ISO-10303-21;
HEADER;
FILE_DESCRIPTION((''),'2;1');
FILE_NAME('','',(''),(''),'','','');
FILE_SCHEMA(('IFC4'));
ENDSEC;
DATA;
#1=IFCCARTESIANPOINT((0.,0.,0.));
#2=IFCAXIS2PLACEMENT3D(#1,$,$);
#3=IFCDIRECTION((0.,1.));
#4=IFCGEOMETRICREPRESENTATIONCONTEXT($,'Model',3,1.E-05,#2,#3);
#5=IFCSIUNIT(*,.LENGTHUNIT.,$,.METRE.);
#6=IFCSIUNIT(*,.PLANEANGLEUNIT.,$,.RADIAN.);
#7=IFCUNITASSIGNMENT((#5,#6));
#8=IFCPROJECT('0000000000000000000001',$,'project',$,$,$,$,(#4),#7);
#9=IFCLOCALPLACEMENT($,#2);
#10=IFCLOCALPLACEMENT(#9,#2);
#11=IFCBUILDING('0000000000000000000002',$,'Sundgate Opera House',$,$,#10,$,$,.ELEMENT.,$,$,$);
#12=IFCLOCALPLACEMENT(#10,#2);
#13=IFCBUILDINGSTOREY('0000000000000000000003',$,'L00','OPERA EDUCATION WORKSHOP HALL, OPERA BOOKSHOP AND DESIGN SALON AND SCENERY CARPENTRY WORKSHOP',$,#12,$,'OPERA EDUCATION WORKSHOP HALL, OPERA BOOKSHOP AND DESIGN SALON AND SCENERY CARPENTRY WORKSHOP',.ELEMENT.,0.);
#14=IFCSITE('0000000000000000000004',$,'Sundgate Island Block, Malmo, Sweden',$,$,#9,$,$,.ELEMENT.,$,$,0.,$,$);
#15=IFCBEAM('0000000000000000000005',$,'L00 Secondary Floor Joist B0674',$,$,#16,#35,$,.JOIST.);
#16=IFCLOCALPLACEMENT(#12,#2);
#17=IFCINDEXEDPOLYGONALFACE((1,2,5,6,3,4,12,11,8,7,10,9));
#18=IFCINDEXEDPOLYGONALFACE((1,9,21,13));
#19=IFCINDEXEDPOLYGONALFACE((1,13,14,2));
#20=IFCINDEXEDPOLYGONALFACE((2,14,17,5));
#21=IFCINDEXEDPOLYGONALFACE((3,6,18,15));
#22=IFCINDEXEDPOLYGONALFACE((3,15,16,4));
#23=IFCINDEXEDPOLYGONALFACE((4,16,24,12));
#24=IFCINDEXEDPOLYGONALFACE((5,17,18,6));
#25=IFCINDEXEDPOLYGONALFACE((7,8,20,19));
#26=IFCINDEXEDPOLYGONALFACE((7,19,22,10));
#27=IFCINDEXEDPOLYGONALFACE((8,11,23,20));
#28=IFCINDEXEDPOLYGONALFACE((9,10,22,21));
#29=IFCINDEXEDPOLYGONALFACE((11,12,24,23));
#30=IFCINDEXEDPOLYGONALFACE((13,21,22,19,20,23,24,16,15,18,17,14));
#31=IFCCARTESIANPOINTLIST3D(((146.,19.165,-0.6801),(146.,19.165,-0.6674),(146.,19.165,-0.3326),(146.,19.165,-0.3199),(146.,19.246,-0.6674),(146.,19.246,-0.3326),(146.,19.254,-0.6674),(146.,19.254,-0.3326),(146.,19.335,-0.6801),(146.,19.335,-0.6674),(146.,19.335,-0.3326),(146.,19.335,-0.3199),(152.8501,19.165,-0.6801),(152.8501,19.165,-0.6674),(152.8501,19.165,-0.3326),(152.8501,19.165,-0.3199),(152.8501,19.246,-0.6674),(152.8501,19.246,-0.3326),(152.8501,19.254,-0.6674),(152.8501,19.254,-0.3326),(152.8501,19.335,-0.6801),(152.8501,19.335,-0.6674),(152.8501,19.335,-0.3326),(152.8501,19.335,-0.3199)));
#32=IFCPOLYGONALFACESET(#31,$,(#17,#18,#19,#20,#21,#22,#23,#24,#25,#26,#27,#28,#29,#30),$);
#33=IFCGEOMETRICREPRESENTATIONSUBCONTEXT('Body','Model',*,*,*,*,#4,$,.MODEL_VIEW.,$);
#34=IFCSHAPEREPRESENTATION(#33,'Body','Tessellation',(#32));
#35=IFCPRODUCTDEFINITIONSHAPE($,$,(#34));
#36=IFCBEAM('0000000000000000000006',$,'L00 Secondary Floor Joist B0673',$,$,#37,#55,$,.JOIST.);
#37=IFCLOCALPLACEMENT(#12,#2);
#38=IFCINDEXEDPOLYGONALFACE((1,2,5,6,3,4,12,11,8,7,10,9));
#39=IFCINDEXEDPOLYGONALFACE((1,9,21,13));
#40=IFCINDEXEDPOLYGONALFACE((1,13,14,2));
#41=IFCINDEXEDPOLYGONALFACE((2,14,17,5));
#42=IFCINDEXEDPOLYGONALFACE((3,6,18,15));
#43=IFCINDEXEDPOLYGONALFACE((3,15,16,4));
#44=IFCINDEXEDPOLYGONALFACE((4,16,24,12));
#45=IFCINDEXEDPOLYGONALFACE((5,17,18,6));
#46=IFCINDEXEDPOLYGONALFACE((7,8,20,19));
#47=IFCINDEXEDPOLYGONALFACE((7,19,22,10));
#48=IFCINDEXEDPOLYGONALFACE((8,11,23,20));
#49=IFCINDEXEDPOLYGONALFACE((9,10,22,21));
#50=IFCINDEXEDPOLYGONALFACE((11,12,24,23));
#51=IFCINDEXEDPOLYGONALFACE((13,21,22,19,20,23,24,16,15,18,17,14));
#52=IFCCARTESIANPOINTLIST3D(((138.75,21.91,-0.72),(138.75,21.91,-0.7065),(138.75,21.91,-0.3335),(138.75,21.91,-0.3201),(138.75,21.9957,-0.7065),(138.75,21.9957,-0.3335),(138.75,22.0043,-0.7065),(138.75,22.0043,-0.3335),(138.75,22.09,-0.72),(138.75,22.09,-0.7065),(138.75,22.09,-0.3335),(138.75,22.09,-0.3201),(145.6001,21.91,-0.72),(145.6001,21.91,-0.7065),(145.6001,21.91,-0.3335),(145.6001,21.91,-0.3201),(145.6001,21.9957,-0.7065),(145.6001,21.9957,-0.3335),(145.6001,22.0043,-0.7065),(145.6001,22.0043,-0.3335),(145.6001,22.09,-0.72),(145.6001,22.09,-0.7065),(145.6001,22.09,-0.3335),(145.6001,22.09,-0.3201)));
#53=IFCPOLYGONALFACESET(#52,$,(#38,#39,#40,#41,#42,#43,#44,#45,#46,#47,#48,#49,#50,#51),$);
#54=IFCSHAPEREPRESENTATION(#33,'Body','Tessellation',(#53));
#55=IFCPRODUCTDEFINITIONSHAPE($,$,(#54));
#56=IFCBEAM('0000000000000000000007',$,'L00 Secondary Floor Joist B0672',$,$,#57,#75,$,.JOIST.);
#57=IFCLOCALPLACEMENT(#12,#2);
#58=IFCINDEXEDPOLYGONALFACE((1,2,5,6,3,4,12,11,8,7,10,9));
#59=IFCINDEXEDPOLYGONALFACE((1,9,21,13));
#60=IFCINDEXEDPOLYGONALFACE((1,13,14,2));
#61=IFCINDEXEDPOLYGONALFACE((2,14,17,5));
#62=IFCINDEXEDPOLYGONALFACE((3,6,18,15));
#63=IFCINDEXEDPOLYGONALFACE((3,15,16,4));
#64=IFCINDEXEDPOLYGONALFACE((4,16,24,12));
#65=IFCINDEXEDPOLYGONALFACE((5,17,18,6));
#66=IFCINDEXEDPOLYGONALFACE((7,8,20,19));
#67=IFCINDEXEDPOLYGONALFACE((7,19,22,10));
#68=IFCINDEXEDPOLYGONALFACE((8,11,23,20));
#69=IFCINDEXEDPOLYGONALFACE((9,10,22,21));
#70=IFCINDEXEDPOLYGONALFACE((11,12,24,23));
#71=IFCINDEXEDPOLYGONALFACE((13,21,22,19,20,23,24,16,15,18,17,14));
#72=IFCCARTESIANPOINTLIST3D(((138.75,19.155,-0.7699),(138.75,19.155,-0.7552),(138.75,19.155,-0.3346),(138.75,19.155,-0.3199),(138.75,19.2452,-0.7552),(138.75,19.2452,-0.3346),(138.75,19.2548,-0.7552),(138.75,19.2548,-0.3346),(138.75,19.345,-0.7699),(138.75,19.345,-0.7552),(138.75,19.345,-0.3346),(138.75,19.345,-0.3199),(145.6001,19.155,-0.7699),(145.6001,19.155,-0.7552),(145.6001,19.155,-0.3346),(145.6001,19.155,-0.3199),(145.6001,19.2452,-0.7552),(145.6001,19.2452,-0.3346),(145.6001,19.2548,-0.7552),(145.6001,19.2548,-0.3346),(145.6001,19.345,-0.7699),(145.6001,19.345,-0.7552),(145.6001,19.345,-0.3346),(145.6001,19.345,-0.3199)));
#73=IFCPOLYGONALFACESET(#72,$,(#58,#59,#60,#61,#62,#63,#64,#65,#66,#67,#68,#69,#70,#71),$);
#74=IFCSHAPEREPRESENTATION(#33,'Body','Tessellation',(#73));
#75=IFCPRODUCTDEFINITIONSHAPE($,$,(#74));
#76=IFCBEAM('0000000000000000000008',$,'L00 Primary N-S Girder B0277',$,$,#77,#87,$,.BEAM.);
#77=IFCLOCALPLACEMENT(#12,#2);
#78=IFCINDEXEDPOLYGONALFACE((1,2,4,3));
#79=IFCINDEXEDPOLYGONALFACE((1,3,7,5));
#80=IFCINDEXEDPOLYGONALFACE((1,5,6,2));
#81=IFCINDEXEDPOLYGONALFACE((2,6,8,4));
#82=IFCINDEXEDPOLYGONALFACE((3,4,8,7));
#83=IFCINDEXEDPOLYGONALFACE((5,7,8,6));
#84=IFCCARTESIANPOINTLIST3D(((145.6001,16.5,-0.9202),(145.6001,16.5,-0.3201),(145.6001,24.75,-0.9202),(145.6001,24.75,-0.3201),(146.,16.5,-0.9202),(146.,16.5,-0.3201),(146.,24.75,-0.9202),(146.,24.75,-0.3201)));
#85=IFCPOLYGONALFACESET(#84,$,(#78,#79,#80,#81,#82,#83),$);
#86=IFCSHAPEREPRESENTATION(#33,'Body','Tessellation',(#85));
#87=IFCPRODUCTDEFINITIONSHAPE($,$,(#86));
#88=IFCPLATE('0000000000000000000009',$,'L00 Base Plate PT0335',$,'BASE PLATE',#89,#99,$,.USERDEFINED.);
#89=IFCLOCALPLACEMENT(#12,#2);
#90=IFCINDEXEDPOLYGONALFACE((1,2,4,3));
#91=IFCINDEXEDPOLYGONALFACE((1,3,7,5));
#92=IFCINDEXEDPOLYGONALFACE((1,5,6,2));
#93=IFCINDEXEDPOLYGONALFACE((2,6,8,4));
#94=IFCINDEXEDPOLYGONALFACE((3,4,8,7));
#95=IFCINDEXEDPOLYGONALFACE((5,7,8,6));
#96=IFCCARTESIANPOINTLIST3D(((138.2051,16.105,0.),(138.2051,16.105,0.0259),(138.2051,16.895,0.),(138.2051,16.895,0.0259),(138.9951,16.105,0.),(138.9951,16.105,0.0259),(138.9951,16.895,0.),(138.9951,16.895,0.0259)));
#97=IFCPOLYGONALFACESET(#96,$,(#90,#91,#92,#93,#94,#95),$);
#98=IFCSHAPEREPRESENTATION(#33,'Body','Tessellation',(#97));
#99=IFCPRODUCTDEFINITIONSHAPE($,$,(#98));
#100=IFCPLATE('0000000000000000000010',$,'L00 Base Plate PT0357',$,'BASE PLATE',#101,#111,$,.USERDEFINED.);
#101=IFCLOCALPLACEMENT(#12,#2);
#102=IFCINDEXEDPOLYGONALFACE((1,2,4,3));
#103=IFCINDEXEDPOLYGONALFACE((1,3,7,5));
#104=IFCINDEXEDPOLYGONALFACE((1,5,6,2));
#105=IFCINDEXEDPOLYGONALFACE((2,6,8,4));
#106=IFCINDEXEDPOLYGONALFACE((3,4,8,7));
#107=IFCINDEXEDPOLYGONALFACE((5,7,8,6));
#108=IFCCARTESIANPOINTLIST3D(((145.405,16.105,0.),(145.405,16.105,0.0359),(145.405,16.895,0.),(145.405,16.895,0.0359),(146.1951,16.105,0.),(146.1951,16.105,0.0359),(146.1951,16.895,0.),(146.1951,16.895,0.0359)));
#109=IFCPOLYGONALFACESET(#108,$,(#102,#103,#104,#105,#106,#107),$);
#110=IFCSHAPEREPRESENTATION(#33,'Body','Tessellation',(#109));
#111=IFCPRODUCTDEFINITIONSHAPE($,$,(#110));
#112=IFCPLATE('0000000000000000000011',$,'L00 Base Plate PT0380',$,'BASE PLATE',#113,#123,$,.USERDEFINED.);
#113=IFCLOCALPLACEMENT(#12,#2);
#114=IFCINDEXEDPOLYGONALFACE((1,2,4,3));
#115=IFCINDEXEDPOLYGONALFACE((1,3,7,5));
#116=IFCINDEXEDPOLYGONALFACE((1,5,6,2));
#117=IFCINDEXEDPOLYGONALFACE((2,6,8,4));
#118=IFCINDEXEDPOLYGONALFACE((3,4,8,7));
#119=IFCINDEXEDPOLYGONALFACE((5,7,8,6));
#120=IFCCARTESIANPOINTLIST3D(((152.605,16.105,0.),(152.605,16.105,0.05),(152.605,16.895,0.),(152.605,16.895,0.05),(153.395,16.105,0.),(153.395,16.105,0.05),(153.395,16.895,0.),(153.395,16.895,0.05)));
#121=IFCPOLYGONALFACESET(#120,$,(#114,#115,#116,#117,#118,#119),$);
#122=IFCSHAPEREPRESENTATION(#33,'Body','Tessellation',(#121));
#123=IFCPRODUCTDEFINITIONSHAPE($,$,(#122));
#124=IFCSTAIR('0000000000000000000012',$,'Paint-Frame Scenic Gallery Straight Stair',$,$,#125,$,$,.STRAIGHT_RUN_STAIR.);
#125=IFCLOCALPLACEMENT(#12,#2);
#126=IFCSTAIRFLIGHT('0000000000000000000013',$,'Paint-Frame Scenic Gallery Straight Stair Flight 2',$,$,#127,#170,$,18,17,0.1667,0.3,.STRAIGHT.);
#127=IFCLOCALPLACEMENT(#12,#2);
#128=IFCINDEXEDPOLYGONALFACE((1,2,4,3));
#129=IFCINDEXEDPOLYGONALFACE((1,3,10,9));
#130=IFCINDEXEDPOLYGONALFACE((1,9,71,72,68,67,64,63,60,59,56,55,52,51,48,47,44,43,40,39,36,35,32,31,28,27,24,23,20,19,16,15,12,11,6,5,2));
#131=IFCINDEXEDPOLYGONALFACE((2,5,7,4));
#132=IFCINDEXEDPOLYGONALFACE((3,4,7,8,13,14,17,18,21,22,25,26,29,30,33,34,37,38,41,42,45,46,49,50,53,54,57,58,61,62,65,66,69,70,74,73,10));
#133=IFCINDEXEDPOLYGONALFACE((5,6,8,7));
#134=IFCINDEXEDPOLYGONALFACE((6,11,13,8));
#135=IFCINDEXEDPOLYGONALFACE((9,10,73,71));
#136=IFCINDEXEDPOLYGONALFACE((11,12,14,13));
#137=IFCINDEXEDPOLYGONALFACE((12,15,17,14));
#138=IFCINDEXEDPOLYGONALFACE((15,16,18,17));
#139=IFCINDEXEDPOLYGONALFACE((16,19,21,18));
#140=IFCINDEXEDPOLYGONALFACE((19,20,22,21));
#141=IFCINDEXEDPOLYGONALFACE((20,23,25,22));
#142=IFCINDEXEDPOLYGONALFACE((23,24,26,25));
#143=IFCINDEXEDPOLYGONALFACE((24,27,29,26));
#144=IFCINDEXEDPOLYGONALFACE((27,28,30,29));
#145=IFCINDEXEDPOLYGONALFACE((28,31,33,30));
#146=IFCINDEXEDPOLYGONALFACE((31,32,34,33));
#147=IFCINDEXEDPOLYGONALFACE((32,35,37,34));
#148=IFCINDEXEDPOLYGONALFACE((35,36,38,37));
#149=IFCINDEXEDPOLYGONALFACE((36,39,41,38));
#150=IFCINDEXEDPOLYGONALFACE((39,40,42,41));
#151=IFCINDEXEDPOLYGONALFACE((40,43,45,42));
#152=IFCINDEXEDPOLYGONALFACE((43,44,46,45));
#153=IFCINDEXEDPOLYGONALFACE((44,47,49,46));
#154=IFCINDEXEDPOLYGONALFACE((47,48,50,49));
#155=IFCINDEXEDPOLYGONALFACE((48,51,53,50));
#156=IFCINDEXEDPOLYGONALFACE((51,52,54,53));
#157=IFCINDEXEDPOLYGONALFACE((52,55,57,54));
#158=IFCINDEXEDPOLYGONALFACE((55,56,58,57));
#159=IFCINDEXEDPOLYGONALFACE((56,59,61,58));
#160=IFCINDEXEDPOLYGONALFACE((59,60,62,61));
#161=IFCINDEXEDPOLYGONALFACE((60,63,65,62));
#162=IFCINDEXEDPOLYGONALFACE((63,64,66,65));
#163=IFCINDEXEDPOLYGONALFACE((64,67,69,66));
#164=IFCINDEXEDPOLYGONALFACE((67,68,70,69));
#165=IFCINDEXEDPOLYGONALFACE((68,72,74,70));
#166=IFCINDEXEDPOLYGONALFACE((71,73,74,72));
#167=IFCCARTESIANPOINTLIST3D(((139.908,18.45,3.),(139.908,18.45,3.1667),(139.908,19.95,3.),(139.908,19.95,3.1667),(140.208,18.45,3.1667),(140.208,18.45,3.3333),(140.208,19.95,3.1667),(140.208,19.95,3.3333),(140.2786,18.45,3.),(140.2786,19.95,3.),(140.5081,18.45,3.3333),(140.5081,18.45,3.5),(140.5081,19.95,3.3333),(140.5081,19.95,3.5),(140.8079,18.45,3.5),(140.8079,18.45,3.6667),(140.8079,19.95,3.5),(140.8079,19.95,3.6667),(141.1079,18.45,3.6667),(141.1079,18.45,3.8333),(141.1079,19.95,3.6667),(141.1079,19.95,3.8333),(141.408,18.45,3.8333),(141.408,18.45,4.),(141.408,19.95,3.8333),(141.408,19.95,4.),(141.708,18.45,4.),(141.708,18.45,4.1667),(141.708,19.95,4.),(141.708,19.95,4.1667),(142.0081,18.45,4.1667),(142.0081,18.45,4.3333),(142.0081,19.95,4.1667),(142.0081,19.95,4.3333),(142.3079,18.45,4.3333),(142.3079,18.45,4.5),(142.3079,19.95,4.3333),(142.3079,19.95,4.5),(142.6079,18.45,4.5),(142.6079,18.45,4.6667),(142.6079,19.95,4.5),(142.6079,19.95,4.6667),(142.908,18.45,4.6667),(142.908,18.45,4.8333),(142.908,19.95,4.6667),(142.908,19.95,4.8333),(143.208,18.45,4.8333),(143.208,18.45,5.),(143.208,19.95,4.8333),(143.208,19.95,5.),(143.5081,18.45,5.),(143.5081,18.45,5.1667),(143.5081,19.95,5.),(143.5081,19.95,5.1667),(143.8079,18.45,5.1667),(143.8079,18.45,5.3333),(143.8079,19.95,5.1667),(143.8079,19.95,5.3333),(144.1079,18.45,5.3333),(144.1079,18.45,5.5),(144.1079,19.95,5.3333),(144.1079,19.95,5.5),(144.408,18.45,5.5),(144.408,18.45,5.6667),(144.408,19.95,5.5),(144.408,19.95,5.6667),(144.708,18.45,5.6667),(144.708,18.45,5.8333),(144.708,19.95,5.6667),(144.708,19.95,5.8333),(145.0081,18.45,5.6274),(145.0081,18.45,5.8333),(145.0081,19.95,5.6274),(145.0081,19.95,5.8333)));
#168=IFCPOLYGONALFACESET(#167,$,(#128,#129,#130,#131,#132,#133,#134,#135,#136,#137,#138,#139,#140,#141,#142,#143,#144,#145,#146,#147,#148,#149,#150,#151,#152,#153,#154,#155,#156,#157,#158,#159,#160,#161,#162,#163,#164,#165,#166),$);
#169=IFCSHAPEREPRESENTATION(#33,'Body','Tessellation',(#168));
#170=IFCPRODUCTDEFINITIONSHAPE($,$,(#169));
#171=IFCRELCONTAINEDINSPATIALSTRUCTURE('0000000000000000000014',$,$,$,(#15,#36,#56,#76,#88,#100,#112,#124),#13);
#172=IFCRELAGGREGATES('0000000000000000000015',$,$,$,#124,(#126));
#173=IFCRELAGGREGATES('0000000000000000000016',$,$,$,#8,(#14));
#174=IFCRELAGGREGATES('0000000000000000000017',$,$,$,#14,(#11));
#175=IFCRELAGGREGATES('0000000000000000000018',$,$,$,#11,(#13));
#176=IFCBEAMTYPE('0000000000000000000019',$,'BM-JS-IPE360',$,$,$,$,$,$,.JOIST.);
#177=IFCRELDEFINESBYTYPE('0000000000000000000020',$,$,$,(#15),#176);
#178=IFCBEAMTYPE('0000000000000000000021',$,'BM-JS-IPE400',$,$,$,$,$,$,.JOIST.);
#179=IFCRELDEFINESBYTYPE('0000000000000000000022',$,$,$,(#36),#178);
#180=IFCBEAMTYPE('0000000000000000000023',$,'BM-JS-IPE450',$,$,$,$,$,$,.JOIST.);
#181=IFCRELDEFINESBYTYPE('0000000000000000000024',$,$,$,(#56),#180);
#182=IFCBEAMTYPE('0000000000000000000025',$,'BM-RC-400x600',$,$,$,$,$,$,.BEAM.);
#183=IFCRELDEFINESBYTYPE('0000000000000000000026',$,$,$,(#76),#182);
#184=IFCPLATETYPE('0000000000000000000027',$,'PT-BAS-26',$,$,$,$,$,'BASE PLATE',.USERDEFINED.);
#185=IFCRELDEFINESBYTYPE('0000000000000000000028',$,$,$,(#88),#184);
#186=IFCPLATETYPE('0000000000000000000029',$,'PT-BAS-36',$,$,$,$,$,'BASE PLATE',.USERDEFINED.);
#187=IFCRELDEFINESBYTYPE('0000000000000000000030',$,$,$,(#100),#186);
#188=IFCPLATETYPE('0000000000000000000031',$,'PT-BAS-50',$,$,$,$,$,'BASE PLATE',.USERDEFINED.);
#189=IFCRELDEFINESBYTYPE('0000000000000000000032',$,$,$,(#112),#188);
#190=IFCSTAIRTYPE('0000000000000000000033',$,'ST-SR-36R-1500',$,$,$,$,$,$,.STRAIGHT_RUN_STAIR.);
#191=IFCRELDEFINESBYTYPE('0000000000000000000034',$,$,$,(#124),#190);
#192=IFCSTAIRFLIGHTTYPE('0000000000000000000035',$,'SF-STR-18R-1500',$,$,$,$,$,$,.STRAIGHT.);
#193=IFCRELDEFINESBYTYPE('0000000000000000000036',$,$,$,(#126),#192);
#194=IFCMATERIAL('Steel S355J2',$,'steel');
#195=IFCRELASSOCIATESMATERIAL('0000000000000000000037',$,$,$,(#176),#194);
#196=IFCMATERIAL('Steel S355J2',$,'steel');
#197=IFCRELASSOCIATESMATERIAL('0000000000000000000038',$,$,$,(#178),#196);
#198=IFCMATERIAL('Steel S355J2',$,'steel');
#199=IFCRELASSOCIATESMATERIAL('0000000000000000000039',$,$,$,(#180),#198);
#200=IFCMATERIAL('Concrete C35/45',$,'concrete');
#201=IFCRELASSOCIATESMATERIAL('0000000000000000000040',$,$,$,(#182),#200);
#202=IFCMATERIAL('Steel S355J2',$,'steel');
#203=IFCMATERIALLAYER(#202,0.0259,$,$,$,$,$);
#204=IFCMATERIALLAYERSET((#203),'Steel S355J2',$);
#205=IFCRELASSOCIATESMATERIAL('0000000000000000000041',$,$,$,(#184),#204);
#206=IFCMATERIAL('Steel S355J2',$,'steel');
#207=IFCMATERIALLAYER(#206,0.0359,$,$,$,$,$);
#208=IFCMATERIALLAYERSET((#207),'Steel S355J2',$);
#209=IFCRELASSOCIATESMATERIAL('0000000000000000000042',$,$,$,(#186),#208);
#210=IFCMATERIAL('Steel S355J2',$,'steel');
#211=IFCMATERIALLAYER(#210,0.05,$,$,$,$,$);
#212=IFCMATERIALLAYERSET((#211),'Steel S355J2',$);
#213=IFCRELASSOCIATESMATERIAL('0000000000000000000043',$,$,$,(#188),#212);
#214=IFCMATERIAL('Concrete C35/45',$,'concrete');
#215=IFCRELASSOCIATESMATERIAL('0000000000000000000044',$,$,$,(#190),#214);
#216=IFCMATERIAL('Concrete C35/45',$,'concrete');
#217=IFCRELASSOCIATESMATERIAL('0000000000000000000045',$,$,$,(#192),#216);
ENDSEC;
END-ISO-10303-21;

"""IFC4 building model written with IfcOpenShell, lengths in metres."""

from ifc_helpers import new_model, si_unit, direction, frame, origin, origin_2d, place, context, subcontext, project, spatial, polyline, rectangle, i_section, outline, extrude, material, layer, layer_set, material_profile, profile_set, type_object, element, aggregate, save


model = new_model("IFC4")

# Units and contexts
model_context = context("Model", 3, precision=1e-05, world=origin(), true_north=direction((0.0, 1.0)))
body_context = subcontext(model_context, "Body", "Model", "MODEL_VIEW")
ifc_project = project(units=[si_unit("LENGTHUNIT", "METRE"), si_unit("PLANEANGLEUNIT", "RADIAN")], contexts=[model_context])

# Site, building, storey
site_placement = place(None, origin())
site = spatial("IfcSite", under=ifc_project, at=site_placement, Name="Sundgate Island Block, Malmo, Sweden", CompositionType="ELEMENT", RefElevation=0.0)
building_placement = place(site_placement, origin())
building = spatial("IfcBuilding", under=site, at=building_placement, Name="Sundgate Opera House", CompositionType="ELEMENT")
storey_placement = place(building_placement, origin())
storey = spatial("IfcBuildingStorey", under=building, at=storey_placement, Name="L00", Description="OPERA EDUCATION WORKSHOP HALL, OPERA BOOKSHOP AND DESIGN SALON AND SCENERY CARPENTRY WORKSHOP", LongName="OPERA EDUCATION WORKSHOP HALL, OPERA BOOKSHOP AND DESIGN SALON AND SCENERY CARPENTRY WORKSHOP", CompositionType="ELEMENT", Elevation=0.0)

# Beams
ifc_material_1 = material(Name="Steel S355J2", Category="steel")
ifc_material_profile_1 = material_profile(ifc_material_1, i_section(OverallWidth=0.1699, OverallDepth=0.3601, WebThickness=0.0081, FlangeThickness=0.0127, at=origin_2d()), Name="IPE 360")
ifc_profile_set_1 = profile_set([ifc_material_profile_1], Name="Steel S355J2")
beam_type_1 = type_object("IfcBeamType", Name="BM-JS-IPE360", PredefinedType="JOIST", material=ifc_profile_set_1)
beam_1_placement = place(storey_placement, frame((146.0, 19.25, -0.5), z_axis=(1.0, 0.0, 0.0), x_axis=(0.0, 1.0, 0.0)))
element("IfcBeam", 1, at=beam_1_placement, inside=storey, type_object=beam_type_1, Name="L00 Secondary Floor Joist B0674", PredefinedType="JOIST", context=body_context, shape_type="SweptSolid", body=[
    extrude(i_section(OverallWidth=0.1699, OverallDepth=0.3601, WebThickness=0.0081, FlangeThickness=0.0127, at=origin_2d()), origin(), (0.0, 0.0, 1.0), 6.8501),
])
ifc_material_2 = material(Name="Steel S355J2", Category="steel")
ifc_material_profile_2 = material_profile(ifc_material_2, i_section(OverallWidth=0.1799, OverallDepth=0.3999, WebThickness=0.0085, FlangeThickness=0.0134, at=origin_2d()), Name="IPE 400")
ifc_profile_set_2 = profile_set([ifc_material_profile_2], Name="Steel S355J2")
beam_type_2 = type_object("IfcBeamType", Name="BM-JS-IPE400", PredefinedType="JOIST", material=ifc_profile_set_2)
beam_2_placement = place(storey_placement, frame((138.75, 22.0, -0.52), z_axis=(1.0, 0.0, 0.0), x_axis=(0.0, 1.0, 0.0)))
element("IfcBeam", 2, at=beam_2_placement, inside=storey, type_object=beam_type_2, Name="L00 Secondary Floor Joist B0673", PredefinedType="JOIST", context=body_context, shape_type="SweptSolid", body=[
    extrude(i_section(OverallWidth=0.1799, OverallDepth=0.3999, WebThickness=0.0085, FlangeThickness=0.0134, at=origin_2d()), origin(), (0.0, 0.0, 1.0), 6.8501),
])
ifc_material_3 = material(Name="Steel S355J2", Category="steel")
ifc_material_profile_3 = material_profile(ifc_material_3, i_section(OverallWidth=0.1899, OverallDepth=0.45, WebThickness=0.0095, FlangeThickness=0.0146, at=origin_2d()), Name="IPE 450")
ifc_profile_set_3 = profile_set([ifc_material_profile_3], Name="Steel S355J2")
beam_type_3 = type_object("IfcBeamType", Name="BM-JS-IPE450", PredefinedType="JOIST", material=ifc_profile_set_3)
beam_3_placement = place(storey_placement, frame((138.75, 19.25, -0.5449), z_axis=(1.0, 0.0, 0.0), x_axis=(0.0, 1.0, 0.0)))
element("IfcBeam", 3, at=beam_3_placement, inside=storey, type_object=beam_type_3, Name="L00 Secondary Floor Joist B0672", PredefinedType="JOIST", context=body_context, shape_type="SweptSolid", body=[
    extrude(i_section(OverallWidth=0.1899, OverallDepth=0.45, WebThickness=0.0095, FlangeThickness=0.0146, at=origin_2d()), origin(), (0.0, 0.0, 1.0), 6.8501),
])
ifc_material_4 = material(Name="Concrete C35/45", Category="concrete")
ifc_material_profile_4 = material_profile(ifc_material_4, rectangle(XDim=0.3999, YDim=0.6001, at=origin_2d()), Name="RC 400x600")
ifc_profile_set_4 = profile_set([ifc_material_profile_4], Name="Concrete C35/45")
beam_type_4 = type_object("IfcBeamType", Name="BM-RC-400x600", PredefinedType="BEAM", material=ifc_profile_set_4)
beam_4_placement = place(storey_placement, frame((145.8, 16.5, -0.6201), z_axis=(0.0, 1.0, 0.0), x_axis=(-1.0, 0.0, 0.0)))
element("IfcBeam", 4, at=beam_4_placement, inside=storey, type_object=beam_type_4, Name="L00 Primary N-S Girder B0277", PredefinedType="BEAM", context=body_context, shape_type="SweptSolid", body=[
    extrude(rectangle(XDim=0.3999, YDim=0.6001, at=origin_2d()), origin(), (0.0, 0.0, 1.0), 8.25),
])

# Plates
ifc_material_5 = material(Name="Steel S355J2", Category="steel")
ifc_layer_1 = layer(ifc_material_5, 0.0259)
ifc_layer_set_1 = layer_set([ifc_layer_1], Name="Steel S355J2")
plate_type_1 = type_object("IfcPlateType", Name="PT-BAS-26", ElementType="BASE PLATE", PredefinedType="USERDEFINED", material=ifc_layer_set_1)
plate_1_placement = place(storey_placement, frame((138.6001, 16.5, 0.0), z_axis=(0.0, 0.0, 1.0), x_axis=(1.0, 0.0, 0.0)))
element("IfcPlate", 5, at=plate_1_placement, inside=storey, type_object=plate_type_1, Name="L00 Base Plate PT0335", ObjectType="BASE PLATE", PredefinedType="USERDEFINED", context=body_context, shape_type="SweptSolid", body=[
    extrude(rectangle(XDim=0.79, YDim=0.79, at=origin_2d()), origin(), (0.0, 0.0, 1.0), 0.0259),
])
ifc_material_6 = material(Name="Steel S355J2", Category="steel")
ifc_layer_2 = layer(ifc_material_6, 0.0359)
ifc_layer_set_2 = layer_set([ifc_layer_2], Name="Steel S355J2")
plate_type_2 = type_object("IfcPlateType", Name="PT-BAS-36", ElementType="BASE PLATE", PredefinedType="USERDEFINED", material=ifc_layer_set_2)
plate_2_placement = place(storey_placement, frame((145.8, 16.5, 0.0), z_axis=(0.0, 0.0, 1.0), x_axis=(1.0, 0.0, 0.0)))
element("IfcPlate", 6, at=plate_2_placement, inside=storey, type_object=plate_type_2, Name="L00 Base Plate PT0357", ObjectType="BASE PLATE", PredefinedType="USERDEFINED", context=body_context, shape_type="SweptSolid", body=[
    extrude(rectangle(XDim=0.79, YDim=0.79, at=origin_2d()), origin(), (0.0, 0.0, 1.0), 0.0359),
])
ifc_material_7 = material(Name="Steel S355J2", Category="steel")
ifc_layer_3 = layer(ifc_material_7, 0.05)
ifc_layer_set_3 = layer_set([ifc_layer_3], Name="Steel S355J2")
plate_type_3 = type_object("IfcPlateType", Name="PT-BAS-50", ElementType="BASE PLATE", PredefinedType="USERDEFINED", material=ifc_layer_set_3)
plate_3_placement = place(storey_placement, frame((153.0, 16.5, 0.0), z_axis=(0.0, 0.0, 1.0), x_axis=(1.0, 0.0, 0.0)))
element("IfcPlate", 7, at=plate_3_placement, inside=storey, type_object=plate_type_3, Name="L00 Base Plate PT0380", ObjectType="BASE PLATE", PredefinedType="USERDEFINED", context=body_context, shape_type="SweptSolid", body=[
    extrude(rectangle(XDim=0.79, YDim=0.79, at=origin_2d()), origin(), (0.0, 0.0, 1.0), 0.05),
])

# Stair, stair flight
ifc_material_8 = material(Name="Concrete C35/45", Category="concrete")
stair_type = type_object("IfcStairType", Name="ST-SR-36R-1500", PredefinedType="STRAIGHT_RUN_STAIR", material=ifc_material_8)
stair_placement = place(storey_placement, origin())
stair = element("IfcStair", 8, at=stair_placement, inside=storey, type_object=stair_type, Name="Paint-Frame Scenic Gallery Straight Stair", PredefinedType="STRAIGHT_RUN_STAIR")
ifc_material_9 = material(Name="Concrete C35/45", Category="concrete")
stair_flight_type = type_object("IfcStairFlightType", Name="SF-STR-18R-1500", PredefinedType="STRAIGHT", material=ifc_material_9)
stair_flight_placement = place(storey_placement, frame((139.908, 19.2, 3.0), z_axis=(0.0, 0.0, 1.0), x_axis=(1.0, 0.0, 0.0)))
stair_flight = element("IfcStairFlight", 9, at=stair_flight_placement, type_object=stair_flight_type, Name="Paint-Frame Scenic Gallery Straight Stair Flight 2", NumberOfRisers=18, NumberOfTreads=17, PredefinedType="STRAIGHT", RiserHeight=0.1667, TreadLength=0.3, context=body_context, shape_type="SweptSolid", body=[
    extrude(outline(polyline([(0.0, 0.0), (0.0, 0.1667), (0.3, 0.1667), (0.3, 0.3333), (0.6001, 0.3333), (0.6001, 0.5), (0.8999, 0.5), (0.8999, 0.6667), (1.2, 0.6667), (1.2, 0.8333), (1.5, 0.8333), (1.5, 1.0), (1.8, 1.0), (1.8, 1.1667), (2.1001, 1.1667), (2.1001, 1.3333), (2.3999, 1.3333), (2.3999, 1.5), (2.7, 1.5), (2.7, 1.6667), (3.0, 1.6667), (3.0, 1.8333), (3.3, 1.8333), (3.3, 2.0), (3.6001, 2.0), (3.6001, 2.1667), (3.8999, 2.1667), (3.8999, 2.3333), (4.2, 2.3333), (4.2, 2.5), (4.5, 2.5), (4.5, 2.6667), (4.8, 2.6667), (4.8, 2.8333), (5.1001, 2.8333), (5.1001, 3.0), (5.1001, 2.6274), (0.3706, 0.0), (0.0, 0.0)])), frame((0.0, 0.75, 0.0), z_axis=(0.0, -1.0, 0.0), x_axis=(1.0, 0.0, 0.0)), (0.0, 0.0, 1.0), 1.5),
])
aggregate(stair, [stair_flight])

save(model, "model.ifc")
